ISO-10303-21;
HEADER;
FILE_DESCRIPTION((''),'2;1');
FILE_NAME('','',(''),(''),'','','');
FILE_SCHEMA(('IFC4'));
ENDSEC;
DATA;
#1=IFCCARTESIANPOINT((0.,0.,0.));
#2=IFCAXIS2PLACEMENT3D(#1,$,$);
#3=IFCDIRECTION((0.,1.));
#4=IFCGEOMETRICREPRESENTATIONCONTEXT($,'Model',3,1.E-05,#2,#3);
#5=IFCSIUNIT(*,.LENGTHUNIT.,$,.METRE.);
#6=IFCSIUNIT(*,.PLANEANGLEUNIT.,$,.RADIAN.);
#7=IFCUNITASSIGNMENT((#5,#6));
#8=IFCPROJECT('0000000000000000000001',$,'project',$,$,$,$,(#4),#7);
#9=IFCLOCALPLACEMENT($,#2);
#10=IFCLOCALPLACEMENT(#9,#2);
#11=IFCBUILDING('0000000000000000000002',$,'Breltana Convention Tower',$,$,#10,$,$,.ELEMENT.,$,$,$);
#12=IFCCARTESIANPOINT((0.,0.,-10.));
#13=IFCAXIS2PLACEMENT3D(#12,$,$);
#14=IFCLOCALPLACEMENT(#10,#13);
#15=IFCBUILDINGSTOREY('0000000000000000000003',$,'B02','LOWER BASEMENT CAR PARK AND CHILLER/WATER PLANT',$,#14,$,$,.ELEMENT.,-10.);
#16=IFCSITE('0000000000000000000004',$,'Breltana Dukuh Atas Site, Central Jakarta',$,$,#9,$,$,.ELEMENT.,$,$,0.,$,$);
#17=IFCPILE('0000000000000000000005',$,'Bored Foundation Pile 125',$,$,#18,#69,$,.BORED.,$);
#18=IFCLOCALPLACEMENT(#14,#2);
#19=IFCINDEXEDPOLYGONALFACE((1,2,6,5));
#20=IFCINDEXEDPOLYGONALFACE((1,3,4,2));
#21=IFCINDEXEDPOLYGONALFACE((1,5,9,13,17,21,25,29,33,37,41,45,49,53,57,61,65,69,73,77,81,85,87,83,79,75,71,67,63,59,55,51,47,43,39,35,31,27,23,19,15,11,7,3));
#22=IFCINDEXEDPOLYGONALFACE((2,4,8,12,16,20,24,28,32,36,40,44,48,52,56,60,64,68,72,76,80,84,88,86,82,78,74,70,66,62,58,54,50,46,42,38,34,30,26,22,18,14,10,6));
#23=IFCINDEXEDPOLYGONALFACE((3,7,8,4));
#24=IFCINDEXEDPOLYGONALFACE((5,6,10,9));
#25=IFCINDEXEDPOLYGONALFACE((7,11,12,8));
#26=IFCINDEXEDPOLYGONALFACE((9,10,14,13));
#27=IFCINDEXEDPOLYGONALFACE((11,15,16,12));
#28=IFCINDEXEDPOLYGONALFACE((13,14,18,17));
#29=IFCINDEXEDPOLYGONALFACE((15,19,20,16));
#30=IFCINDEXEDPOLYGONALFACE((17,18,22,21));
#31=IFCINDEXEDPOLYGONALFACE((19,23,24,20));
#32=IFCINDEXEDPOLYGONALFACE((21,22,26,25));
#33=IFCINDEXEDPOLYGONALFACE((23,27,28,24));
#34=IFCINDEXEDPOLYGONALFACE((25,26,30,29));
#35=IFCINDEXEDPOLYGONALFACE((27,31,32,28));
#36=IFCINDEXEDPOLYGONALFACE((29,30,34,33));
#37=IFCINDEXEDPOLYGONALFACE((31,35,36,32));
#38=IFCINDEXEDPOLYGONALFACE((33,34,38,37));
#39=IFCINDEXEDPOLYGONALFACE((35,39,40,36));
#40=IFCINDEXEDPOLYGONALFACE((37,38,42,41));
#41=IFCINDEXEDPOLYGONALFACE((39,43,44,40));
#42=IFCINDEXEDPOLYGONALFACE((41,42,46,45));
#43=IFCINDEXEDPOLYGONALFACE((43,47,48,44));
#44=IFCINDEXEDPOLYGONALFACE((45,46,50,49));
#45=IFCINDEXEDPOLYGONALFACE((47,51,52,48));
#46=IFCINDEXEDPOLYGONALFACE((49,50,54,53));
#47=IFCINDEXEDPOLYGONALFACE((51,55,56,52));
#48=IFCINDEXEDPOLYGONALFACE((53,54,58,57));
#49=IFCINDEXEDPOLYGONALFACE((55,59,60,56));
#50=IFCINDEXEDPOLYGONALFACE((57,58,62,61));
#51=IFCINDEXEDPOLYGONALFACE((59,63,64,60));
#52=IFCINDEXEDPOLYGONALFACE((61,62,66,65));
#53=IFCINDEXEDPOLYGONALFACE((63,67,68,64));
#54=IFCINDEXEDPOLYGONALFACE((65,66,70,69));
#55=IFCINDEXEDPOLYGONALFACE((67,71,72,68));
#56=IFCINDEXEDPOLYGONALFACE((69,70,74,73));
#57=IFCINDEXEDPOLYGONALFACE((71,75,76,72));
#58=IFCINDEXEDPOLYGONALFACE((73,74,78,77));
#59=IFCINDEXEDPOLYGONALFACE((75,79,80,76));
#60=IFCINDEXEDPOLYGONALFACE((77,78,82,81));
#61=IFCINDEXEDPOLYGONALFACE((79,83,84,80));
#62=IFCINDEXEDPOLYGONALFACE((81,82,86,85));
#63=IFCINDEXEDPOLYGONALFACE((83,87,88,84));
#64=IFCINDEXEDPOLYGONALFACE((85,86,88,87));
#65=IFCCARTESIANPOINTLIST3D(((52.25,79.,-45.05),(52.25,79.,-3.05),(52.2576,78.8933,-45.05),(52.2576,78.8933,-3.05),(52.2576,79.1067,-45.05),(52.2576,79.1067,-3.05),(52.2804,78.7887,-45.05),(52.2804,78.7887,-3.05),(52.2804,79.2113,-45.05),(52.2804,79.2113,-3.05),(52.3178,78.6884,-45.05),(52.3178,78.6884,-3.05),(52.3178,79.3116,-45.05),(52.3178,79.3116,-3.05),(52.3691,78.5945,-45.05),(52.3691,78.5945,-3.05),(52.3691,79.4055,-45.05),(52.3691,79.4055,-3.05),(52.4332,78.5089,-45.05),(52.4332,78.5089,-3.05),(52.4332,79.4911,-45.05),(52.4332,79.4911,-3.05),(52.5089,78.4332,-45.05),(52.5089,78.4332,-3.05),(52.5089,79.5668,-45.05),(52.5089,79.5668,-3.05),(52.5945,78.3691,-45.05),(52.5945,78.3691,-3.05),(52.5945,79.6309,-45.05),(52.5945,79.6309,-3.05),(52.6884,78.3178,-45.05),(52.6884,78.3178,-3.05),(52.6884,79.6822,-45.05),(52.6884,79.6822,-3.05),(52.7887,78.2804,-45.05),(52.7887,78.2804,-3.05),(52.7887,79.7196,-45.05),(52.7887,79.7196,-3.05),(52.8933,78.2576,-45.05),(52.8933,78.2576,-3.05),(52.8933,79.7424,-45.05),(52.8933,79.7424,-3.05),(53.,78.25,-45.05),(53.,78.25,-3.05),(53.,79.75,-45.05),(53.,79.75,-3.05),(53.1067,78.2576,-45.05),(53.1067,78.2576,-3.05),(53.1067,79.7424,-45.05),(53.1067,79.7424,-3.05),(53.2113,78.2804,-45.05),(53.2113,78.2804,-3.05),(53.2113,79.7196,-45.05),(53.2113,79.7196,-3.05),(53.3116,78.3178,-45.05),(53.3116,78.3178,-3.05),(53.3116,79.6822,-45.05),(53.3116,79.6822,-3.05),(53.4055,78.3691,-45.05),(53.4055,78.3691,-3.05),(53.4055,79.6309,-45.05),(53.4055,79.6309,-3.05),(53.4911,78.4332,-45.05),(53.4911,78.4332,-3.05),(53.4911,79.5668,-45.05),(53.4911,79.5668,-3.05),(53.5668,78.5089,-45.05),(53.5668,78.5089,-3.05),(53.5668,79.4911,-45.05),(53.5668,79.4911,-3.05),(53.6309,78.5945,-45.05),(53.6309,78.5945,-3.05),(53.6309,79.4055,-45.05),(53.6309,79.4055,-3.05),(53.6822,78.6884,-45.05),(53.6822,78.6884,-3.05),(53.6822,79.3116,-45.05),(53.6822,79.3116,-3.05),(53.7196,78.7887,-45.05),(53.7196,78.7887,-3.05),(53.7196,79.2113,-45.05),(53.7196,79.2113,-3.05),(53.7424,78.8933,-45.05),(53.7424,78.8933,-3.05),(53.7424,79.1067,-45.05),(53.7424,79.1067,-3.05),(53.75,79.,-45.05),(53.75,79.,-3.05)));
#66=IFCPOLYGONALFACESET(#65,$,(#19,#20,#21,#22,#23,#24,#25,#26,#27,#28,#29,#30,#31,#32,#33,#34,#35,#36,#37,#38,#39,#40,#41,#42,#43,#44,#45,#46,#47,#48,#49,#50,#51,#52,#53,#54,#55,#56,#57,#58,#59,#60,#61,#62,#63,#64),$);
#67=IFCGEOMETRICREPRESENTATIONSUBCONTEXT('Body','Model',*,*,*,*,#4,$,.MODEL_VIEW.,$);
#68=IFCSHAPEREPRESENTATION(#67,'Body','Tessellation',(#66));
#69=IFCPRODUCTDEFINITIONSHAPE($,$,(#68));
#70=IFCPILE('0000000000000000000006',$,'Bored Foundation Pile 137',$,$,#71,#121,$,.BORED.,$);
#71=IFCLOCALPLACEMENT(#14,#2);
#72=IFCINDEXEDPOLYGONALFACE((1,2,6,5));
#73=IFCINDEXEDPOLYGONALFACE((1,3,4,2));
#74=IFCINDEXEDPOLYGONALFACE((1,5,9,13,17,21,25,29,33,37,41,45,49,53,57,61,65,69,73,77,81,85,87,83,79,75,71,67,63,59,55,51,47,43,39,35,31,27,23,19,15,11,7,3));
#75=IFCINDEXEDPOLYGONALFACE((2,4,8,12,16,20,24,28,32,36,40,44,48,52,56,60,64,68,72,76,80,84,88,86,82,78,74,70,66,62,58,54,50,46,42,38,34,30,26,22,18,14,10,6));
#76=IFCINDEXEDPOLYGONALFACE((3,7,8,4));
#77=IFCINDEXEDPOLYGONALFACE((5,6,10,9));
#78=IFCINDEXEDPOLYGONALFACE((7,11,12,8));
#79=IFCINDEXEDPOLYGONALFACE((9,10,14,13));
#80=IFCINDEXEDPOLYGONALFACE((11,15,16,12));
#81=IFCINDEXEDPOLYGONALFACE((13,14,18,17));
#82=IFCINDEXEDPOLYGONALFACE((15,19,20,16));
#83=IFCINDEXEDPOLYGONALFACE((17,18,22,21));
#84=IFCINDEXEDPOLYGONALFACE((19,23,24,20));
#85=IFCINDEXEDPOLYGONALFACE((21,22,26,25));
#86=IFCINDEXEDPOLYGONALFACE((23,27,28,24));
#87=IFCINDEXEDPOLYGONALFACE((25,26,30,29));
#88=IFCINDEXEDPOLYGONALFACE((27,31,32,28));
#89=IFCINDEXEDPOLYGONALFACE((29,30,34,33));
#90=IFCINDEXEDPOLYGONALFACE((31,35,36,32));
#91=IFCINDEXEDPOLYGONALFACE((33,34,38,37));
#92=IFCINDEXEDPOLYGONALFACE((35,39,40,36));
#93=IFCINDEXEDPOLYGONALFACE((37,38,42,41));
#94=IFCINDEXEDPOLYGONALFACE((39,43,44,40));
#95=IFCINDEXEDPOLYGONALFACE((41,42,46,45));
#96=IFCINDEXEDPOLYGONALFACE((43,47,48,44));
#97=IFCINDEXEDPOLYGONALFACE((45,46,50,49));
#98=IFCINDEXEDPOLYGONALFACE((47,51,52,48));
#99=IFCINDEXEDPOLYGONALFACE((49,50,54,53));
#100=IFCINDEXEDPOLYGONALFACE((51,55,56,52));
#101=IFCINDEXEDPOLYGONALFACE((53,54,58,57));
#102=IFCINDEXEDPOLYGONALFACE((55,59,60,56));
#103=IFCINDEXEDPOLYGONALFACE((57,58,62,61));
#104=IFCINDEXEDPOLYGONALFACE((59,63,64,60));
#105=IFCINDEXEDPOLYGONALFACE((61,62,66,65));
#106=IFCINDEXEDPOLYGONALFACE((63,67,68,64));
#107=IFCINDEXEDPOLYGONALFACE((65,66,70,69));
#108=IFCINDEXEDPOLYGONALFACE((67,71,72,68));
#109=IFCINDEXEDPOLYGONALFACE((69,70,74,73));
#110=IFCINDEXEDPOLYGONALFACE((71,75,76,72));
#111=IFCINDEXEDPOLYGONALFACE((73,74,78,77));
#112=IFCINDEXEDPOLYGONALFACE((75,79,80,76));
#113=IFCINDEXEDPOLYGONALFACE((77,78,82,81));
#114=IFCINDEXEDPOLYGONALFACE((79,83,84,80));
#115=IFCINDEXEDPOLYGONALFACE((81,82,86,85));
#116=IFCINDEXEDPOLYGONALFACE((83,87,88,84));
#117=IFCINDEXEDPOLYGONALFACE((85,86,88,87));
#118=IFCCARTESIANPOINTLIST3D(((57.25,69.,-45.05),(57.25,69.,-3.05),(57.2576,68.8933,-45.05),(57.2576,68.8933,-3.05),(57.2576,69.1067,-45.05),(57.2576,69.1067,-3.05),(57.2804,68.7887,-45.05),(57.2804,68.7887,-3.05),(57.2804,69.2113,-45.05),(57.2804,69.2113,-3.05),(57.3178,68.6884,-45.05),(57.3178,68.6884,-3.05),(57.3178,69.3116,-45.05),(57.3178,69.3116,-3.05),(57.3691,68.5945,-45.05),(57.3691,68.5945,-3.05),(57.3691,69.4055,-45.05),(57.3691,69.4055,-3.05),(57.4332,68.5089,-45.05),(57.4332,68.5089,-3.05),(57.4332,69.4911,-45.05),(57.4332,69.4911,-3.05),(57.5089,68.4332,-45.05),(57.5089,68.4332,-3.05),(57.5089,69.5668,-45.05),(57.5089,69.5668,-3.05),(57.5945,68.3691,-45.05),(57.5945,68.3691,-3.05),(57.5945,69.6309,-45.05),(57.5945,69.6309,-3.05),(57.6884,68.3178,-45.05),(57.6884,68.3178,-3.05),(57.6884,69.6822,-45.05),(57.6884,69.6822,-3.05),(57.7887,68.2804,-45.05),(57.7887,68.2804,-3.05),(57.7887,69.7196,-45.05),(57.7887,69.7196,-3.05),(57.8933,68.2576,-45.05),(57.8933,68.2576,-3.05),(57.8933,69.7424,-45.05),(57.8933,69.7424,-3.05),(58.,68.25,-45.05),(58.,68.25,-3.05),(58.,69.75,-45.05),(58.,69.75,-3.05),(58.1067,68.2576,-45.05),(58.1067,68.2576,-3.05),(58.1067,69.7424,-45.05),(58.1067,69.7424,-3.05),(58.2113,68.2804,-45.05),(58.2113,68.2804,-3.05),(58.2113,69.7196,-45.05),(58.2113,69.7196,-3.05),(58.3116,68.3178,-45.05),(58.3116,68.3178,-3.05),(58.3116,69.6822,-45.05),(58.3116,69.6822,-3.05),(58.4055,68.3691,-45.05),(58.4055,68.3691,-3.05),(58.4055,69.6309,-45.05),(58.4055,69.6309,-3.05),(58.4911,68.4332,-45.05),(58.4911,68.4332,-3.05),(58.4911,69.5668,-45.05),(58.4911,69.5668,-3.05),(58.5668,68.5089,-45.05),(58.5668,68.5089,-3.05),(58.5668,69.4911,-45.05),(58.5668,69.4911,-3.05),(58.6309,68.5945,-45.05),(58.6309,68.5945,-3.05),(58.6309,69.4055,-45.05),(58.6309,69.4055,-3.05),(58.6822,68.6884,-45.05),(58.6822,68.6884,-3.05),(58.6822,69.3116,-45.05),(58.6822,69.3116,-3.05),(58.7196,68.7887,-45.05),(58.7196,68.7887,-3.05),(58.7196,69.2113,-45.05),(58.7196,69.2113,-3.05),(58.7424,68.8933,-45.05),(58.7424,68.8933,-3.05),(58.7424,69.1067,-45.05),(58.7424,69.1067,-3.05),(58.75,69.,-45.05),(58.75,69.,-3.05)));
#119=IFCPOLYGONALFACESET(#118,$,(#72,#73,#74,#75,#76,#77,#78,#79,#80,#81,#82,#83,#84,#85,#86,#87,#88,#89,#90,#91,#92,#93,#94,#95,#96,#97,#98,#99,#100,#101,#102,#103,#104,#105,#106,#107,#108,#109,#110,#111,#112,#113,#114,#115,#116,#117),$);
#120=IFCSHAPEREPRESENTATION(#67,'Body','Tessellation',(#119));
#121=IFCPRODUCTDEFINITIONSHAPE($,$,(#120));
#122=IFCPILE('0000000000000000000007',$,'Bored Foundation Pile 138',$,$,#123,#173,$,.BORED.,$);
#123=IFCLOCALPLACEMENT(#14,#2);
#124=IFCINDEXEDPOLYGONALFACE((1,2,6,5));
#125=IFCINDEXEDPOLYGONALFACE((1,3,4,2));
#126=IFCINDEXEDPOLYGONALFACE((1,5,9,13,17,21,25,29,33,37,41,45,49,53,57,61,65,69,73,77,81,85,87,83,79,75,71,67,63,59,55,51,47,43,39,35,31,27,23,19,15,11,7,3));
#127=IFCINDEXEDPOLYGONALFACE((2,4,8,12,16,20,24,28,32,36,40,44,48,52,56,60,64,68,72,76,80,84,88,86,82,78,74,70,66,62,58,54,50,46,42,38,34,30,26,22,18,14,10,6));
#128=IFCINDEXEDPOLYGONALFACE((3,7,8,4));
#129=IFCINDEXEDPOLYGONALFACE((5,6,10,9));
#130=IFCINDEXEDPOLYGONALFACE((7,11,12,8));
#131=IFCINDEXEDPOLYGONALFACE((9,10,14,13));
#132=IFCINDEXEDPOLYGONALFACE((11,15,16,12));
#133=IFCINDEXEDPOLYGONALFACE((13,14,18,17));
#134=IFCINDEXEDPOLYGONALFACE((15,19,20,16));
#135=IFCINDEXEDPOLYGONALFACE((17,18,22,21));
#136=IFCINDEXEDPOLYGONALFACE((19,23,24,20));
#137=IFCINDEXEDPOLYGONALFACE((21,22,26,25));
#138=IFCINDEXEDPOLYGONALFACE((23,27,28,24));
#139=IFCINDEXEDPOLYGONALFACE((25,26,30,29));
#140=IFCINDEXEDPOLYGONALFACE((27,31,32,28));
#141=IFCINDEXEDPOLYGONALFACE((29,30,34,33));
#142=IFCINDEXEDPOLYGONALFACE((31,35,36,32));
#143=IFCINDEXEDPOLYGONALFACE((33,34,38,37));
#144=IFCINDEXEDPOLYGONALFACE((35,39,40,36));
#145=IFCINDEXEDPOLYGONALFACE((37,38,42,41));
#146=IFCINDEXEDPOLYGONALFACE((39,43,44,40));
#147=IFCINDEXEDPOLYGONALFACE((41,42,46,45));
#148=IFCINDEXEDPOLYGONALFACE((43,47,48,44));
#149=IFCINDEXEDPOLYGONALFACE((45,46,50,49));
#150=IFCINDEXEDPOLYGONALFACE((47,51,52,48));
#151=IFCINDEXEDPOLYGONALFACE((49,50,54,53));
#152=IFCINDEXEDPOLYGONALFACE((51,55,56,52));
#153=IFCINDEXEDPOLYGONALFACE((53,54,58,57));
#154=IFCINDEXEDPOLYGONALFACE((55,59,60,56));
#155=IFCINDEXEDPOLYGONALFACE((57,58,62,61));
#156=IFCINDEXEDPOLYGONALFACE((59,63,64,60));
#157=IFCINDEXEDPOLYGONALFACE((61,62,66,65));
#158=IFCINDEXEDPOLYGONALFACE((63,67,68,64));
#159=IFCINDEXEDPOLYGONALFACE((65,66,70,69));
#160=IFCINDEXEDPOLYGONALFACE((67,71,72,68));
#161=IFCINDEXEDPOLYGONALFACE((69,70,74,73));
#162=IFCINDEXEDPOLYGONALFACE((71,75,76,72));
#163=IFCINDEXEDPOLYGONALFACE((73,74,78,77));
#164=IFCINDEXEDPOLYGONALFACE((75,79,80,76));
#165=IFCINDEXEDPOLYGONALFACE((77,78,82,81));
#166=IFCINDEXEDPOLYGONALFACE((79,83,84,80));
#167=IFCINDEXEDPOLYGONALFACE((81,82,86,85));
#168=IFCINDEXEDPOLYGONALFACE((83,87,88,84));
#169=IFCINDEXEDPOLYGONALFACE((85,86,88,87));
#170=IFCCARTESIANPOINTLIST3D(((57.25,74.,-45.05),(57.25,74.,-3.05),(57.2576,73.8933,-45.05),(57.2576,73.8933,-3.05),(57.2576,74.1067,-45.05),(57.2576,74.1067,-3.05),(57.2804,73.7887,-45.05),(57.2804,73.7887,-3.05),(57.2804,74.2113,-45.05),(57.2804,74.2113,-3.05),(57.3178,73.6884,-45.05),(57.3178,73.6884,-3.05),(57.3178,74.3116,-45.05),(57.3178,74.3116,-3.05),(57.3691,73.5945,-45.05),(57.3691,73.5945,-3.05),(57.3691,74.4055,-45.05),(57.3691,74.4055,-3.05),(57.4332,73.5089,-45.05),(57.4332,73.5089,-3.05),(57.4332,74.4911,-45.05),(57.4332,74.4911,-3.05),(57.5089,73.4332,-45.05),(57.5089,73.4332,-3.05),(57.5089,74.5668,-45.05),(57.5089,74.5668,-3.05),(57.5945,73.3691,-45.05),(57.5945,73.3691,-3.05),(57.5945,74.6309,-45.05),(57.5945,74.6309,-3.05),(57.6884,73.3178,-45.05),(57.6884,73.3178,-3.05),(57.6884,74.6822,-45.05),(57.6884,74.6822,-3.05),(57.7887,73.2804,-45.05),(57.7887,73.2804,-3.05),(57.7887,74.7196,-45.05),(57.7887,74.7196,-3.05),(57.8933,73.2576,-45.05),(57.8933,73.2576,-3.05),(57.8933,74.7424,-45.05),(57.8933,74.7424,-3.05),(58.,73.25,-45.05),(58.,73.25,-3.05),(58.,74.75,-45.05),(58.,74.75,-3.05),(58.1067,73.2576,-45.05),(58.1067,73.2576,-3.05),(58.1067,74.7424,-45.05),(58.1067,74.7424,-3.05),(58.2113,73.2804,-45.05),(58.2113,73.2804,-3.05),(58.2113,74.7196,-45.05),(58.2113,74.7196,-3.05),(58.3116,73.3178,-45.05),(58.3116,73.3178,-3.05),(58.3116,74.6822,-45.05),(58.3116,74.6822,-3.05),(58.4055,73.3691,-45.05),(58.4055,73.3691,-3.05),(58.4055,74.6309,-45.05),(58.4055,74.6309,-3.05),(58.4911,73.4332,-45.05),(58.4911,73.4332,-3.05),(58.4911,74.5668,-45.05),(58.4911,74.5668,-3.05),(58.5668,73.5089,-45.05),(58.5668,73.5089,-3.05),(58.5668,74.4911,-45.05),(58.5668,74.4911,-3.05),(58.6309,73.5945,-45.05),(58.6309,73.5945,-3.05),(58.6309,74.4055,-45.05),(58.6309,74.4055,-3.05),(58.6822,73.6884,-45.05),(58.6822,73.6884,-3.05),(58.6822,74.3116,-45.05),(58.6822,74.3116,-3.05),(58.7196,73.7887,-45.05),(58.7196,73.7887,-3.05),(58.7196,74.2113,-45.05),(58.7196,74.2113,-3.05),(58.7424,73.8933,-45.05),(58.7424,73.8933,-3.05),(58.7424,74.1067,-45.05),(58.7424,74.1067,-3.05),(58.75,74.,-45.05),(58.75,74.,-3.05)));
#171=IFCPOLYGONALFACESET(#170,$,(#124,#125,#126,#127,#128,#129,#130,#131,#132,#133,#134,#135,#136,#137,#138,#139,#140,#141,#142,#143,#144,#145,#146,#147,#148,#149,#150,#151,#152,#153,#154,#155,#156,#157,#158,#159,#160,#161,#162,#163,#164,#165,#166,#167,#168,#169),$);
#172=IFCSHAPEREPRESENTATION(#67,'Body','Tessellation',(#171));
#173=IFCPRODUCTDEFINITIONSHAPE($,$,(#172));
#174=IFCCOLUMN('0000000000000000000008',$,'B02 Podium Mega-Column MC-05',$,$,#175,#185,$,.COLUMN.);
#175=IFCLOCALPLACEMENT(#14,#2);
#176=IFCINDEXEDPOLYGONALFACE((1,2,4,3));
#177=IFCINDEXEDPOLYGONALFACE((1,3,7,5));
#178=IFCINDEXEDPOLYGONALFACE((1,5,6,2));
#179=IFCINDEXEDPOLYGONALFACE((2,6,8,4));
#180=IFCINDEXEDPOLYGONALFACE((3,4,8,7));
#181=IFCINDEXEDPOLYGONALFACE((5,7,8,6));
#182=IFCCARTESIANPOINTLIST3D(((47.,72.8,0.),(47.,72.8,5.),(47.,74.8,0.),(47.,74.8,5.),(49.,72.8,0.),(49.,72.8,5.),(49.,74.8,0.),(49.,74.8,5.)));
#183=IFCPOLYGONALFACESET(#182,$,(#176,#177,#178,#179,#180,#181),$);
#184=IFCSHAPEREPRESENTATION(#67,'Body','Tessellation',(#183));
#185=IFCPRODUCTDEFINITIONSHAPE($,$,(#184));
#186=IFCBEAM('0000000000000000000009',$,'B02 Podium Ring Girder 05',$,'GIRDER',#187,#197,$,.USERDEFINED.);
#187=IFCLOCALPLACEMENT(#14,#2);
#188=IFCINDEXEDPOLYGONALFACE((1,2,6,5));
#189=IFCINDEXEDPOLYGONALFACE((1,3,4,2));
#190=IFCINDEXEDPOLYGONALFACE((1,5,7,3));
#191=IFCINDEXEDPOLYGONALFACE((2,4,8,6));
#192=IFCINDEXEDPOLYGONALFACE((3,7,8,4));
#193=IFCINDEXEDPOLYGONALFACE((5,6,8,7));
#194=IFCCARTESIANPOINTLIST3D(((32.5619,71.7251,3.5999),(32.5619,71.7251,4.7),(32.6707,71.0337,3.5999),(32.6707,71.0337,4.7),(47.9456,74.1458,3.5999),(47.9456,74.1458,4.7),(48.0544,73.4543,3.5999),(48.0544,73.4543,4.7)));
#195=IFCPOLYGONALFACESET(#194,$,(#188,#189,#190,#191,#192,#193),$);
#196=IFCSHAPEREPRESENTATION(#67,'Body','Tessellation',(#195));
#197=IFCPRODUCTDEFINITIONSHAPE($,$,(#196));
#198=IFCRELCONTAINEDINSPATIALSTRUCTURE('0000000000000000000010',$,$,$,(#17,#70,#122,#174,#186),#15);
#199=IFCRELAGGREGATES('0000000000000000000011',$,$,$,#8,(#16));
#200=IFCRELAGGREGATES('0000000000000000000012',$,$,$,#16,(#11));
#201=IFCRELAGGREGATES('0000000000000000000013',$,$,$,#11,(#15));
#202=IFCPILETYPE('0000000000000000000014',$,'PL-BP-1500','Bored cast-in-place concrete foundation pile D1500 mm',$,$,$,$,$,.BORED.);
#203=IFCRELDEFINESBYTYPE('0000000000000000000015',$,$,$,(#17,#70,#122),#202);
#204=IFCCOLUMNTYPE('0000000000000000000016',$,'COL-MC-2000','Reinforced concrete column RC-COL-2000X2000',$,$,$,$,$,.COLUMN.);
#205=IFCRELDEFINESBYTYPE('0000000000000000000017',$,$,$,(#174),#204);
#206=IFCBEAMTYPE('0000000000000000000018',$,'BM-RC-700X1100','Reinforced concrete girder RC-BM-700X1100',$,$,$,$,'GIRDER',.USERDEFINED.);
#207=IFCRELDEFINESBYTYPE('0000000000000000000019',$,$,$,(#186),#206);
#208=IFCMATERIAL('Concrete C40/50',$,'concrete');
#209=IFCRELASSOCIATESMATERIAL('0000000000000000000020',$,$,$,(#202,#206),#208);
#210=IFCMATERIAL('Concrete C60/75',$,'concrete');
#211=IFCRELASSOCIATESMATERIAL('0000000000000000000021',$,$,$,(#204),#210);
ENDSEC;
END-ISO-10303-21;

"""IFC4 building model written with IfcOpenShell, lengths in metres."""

from ifc_helpers import new_model, si_unit, direction, frame, origin, origin_2d, place, context, subcontext, project, spatial, rectangle, circle, extrude, source, transform, mapped, material, material_profile, profile_set, type_object, type_shapes, element, save


model = new_model("IFC4")

# Units and contexts
model_context = context("Model", 3, precision=1e-05, world=origin(), true_north=direction((0.0, 1.0)))
body_context = subcontext(model_context, "Body", "Model", "MODEL_VIEW")
ifc_project = project(units=[si_unit("LENGTHUNIT", "METRE"), si_unit("PLANEANGLEUNIT", "RADIAN")], contexts=[model_context])

# Site, building, storey
site_placement = place(None, origin())
site = spatial("IfcSite", under=ifc_project, at=site_placement, Name="Breltana Dukuh Atas Site, Central Jakarta", CompositionType="ELEMENT", RefElevation=0.0)
building_placement = place(site_placement, origin())
building = spatial("IfcBuilding", under=site, at=building_placement, Name="Breltana Convention Tower", CompositionType="ELEMENT")
storey_placement = place(building_placement, frame((0.0, 0.0, -10.0)))
storey = spatial("IfcBuildingStorey", under=building, at=storey_placement, Name="B02", Description="LOWER BASEMENT CAR PARK AND CHILLER/WATER PLANT", CompositionType="ELEMENT", Elevation=-10.0)

# Piles
ifc_material_1 = material(Name="Concrete C40/50", Category="concrete")
ifc_material_profile_1 = material_profile(ifc_material_1, circle(Radius=0.75, at=origin_2d()), Name="BP-D1500")
ifc_profile_set_1 = profile_set([ifc_material_profile_1], Name="Concrete C40/50")
pile_type_1 = type_object("IfcPileType", Name="PL-BP-1500", Description="Bored cast-in-place concrete foundation pile D1500 mm", PredefinedType="BORED", material=ifc_profile_set_1)
shared_shape_1 = source(origin(), body_context, "Body", "SweptSolid", [
    extrude(circle(Radius=0.75, at=origin_2d()), origin(), (0.0, 0.0, 1.0), 42.0),
])
type_shapes(pile_type_1, [shared_shape_1])
for number, where, z_axis, x_axis, name in (
    (1, (53.0, 79.0, -3.05), (0.0, 0.0, -1.0), (1.0, 0.0, 0.0), "Bored Foundation Pile 125"),
    (2, (58.0, 69.0, -3.05), (0.0, 0.0, -1.0), (1.0, 0.0, 0.0), "Bored Foundation Pile 137"),
    (3, (58.0, 74.0, -3.05), (0.0, 0.0, -1.0), (1.0, 0.0, 0.0), "Bored Foundation Pile 138"),
):
    element("IfcPile", number, at=place(storey_placement, frame(where, z_axis=z_axis, x_axis=x_axis)), inside=storey, type_object=pile_type_1, Name=name, PredefinedType="BORED", context=body_context, shape_type="MappedRepresentation", body=[
        mapped(shared_shape_1, transform((0.0, 0.0, 0.0), scale=1.0)),
    ])

# Column
ifc_material_2 = material(Name="Concrete C60/75", Category="concrete")
ifc_material_profile_2 = material_profile(ifc_material_2, rectangle(XDim=2.0, YDim=2.0, at=origin_2d()), Name="RC-COL-2000X2000")
ifc_profile_set_2 = profile_set([ifc_material_profile_2], Name="Concrete C60/75")
column_type = type_object("IfcColumnType", Name="COL-MC-2000", Description="Reinforced concrete column RC-COL-2000X2000", PredefinedType="COLUMN", material=ifc_profile_set_2)
shared_shape_2 = source(origin(), body_context, "Body", "SweptSolid", [
    extrude(rectangle(XDim=2.0, YDim=2.0, at=origin_2d()), origin(), (0.0, 0.0, 1.0), 5.0),
])
type_shapes(column_type, [shared_shape_2])
column_placement = place(storey_placement, frame((48.0, 73.8, 0.0), z_axis=(0.0, 0.0, 1.0), x_axis=(0.0, 1.0, 0.0)))
element("IfcColumn", 4, at=column_placement, inside=storey, type_object=column_type, Name="B02 Podium Mega-Column MC-05", PredefinedType="COLUMN", context=body_context, shape_type="MappedRepresentation", body=[
    mapped(shared_shape_2, transform((0.0, 0.0, 0.0), scale=1.0)),
])

# Beam
ifc_material_profile_3 = material_profile(ifc_material_1, rectangle(XDim=0.7, YDim=1.1001, at=origin_2d()), Name="RC-BM-700X1100")
ifc_profile_set_3 = profile_set([ifc_material_profile_3], Name="Concrete C40/50")
beam_type = type_object("IfcBeamType", Name="BM-RC-700X1100", Description="Reinforced concrete girder RC-BM-700X1100", ElementType="GIRDER", PredefinedType="USERDEFINED", material=ifc_profile_set_3)
shared_shape_3 = source(origin(), body_context, "Body", "SweptSolid", [
    extrude(rectangle(XDim=0.7, YDim=1.1001, at=origin_2d()), origin(), (0.0, 0.0, 1.0), 15.573),
])
beam_placement = place(storey_placement, frame((48.0, 73.8, 4.1499), z_axis=(-0.987846, -0.155438, 0.0), x_axis=(0.155438, -0.987846, 0.0)))
element("IfcBeam", 5, at=beam_placement, inside=storey, type_object=beam_type, Name="B02 Podium Ring Girder 05", ObjectType="GIRDER", PredefinedType="USERDEFINED", context=body_context, shape_type="MappedRepresentation", body=[
    mapped(shared_shape_3, transform((0.0, 0.0, 0.0), scale=1.0)),
])

save(model, "model.ifc")
